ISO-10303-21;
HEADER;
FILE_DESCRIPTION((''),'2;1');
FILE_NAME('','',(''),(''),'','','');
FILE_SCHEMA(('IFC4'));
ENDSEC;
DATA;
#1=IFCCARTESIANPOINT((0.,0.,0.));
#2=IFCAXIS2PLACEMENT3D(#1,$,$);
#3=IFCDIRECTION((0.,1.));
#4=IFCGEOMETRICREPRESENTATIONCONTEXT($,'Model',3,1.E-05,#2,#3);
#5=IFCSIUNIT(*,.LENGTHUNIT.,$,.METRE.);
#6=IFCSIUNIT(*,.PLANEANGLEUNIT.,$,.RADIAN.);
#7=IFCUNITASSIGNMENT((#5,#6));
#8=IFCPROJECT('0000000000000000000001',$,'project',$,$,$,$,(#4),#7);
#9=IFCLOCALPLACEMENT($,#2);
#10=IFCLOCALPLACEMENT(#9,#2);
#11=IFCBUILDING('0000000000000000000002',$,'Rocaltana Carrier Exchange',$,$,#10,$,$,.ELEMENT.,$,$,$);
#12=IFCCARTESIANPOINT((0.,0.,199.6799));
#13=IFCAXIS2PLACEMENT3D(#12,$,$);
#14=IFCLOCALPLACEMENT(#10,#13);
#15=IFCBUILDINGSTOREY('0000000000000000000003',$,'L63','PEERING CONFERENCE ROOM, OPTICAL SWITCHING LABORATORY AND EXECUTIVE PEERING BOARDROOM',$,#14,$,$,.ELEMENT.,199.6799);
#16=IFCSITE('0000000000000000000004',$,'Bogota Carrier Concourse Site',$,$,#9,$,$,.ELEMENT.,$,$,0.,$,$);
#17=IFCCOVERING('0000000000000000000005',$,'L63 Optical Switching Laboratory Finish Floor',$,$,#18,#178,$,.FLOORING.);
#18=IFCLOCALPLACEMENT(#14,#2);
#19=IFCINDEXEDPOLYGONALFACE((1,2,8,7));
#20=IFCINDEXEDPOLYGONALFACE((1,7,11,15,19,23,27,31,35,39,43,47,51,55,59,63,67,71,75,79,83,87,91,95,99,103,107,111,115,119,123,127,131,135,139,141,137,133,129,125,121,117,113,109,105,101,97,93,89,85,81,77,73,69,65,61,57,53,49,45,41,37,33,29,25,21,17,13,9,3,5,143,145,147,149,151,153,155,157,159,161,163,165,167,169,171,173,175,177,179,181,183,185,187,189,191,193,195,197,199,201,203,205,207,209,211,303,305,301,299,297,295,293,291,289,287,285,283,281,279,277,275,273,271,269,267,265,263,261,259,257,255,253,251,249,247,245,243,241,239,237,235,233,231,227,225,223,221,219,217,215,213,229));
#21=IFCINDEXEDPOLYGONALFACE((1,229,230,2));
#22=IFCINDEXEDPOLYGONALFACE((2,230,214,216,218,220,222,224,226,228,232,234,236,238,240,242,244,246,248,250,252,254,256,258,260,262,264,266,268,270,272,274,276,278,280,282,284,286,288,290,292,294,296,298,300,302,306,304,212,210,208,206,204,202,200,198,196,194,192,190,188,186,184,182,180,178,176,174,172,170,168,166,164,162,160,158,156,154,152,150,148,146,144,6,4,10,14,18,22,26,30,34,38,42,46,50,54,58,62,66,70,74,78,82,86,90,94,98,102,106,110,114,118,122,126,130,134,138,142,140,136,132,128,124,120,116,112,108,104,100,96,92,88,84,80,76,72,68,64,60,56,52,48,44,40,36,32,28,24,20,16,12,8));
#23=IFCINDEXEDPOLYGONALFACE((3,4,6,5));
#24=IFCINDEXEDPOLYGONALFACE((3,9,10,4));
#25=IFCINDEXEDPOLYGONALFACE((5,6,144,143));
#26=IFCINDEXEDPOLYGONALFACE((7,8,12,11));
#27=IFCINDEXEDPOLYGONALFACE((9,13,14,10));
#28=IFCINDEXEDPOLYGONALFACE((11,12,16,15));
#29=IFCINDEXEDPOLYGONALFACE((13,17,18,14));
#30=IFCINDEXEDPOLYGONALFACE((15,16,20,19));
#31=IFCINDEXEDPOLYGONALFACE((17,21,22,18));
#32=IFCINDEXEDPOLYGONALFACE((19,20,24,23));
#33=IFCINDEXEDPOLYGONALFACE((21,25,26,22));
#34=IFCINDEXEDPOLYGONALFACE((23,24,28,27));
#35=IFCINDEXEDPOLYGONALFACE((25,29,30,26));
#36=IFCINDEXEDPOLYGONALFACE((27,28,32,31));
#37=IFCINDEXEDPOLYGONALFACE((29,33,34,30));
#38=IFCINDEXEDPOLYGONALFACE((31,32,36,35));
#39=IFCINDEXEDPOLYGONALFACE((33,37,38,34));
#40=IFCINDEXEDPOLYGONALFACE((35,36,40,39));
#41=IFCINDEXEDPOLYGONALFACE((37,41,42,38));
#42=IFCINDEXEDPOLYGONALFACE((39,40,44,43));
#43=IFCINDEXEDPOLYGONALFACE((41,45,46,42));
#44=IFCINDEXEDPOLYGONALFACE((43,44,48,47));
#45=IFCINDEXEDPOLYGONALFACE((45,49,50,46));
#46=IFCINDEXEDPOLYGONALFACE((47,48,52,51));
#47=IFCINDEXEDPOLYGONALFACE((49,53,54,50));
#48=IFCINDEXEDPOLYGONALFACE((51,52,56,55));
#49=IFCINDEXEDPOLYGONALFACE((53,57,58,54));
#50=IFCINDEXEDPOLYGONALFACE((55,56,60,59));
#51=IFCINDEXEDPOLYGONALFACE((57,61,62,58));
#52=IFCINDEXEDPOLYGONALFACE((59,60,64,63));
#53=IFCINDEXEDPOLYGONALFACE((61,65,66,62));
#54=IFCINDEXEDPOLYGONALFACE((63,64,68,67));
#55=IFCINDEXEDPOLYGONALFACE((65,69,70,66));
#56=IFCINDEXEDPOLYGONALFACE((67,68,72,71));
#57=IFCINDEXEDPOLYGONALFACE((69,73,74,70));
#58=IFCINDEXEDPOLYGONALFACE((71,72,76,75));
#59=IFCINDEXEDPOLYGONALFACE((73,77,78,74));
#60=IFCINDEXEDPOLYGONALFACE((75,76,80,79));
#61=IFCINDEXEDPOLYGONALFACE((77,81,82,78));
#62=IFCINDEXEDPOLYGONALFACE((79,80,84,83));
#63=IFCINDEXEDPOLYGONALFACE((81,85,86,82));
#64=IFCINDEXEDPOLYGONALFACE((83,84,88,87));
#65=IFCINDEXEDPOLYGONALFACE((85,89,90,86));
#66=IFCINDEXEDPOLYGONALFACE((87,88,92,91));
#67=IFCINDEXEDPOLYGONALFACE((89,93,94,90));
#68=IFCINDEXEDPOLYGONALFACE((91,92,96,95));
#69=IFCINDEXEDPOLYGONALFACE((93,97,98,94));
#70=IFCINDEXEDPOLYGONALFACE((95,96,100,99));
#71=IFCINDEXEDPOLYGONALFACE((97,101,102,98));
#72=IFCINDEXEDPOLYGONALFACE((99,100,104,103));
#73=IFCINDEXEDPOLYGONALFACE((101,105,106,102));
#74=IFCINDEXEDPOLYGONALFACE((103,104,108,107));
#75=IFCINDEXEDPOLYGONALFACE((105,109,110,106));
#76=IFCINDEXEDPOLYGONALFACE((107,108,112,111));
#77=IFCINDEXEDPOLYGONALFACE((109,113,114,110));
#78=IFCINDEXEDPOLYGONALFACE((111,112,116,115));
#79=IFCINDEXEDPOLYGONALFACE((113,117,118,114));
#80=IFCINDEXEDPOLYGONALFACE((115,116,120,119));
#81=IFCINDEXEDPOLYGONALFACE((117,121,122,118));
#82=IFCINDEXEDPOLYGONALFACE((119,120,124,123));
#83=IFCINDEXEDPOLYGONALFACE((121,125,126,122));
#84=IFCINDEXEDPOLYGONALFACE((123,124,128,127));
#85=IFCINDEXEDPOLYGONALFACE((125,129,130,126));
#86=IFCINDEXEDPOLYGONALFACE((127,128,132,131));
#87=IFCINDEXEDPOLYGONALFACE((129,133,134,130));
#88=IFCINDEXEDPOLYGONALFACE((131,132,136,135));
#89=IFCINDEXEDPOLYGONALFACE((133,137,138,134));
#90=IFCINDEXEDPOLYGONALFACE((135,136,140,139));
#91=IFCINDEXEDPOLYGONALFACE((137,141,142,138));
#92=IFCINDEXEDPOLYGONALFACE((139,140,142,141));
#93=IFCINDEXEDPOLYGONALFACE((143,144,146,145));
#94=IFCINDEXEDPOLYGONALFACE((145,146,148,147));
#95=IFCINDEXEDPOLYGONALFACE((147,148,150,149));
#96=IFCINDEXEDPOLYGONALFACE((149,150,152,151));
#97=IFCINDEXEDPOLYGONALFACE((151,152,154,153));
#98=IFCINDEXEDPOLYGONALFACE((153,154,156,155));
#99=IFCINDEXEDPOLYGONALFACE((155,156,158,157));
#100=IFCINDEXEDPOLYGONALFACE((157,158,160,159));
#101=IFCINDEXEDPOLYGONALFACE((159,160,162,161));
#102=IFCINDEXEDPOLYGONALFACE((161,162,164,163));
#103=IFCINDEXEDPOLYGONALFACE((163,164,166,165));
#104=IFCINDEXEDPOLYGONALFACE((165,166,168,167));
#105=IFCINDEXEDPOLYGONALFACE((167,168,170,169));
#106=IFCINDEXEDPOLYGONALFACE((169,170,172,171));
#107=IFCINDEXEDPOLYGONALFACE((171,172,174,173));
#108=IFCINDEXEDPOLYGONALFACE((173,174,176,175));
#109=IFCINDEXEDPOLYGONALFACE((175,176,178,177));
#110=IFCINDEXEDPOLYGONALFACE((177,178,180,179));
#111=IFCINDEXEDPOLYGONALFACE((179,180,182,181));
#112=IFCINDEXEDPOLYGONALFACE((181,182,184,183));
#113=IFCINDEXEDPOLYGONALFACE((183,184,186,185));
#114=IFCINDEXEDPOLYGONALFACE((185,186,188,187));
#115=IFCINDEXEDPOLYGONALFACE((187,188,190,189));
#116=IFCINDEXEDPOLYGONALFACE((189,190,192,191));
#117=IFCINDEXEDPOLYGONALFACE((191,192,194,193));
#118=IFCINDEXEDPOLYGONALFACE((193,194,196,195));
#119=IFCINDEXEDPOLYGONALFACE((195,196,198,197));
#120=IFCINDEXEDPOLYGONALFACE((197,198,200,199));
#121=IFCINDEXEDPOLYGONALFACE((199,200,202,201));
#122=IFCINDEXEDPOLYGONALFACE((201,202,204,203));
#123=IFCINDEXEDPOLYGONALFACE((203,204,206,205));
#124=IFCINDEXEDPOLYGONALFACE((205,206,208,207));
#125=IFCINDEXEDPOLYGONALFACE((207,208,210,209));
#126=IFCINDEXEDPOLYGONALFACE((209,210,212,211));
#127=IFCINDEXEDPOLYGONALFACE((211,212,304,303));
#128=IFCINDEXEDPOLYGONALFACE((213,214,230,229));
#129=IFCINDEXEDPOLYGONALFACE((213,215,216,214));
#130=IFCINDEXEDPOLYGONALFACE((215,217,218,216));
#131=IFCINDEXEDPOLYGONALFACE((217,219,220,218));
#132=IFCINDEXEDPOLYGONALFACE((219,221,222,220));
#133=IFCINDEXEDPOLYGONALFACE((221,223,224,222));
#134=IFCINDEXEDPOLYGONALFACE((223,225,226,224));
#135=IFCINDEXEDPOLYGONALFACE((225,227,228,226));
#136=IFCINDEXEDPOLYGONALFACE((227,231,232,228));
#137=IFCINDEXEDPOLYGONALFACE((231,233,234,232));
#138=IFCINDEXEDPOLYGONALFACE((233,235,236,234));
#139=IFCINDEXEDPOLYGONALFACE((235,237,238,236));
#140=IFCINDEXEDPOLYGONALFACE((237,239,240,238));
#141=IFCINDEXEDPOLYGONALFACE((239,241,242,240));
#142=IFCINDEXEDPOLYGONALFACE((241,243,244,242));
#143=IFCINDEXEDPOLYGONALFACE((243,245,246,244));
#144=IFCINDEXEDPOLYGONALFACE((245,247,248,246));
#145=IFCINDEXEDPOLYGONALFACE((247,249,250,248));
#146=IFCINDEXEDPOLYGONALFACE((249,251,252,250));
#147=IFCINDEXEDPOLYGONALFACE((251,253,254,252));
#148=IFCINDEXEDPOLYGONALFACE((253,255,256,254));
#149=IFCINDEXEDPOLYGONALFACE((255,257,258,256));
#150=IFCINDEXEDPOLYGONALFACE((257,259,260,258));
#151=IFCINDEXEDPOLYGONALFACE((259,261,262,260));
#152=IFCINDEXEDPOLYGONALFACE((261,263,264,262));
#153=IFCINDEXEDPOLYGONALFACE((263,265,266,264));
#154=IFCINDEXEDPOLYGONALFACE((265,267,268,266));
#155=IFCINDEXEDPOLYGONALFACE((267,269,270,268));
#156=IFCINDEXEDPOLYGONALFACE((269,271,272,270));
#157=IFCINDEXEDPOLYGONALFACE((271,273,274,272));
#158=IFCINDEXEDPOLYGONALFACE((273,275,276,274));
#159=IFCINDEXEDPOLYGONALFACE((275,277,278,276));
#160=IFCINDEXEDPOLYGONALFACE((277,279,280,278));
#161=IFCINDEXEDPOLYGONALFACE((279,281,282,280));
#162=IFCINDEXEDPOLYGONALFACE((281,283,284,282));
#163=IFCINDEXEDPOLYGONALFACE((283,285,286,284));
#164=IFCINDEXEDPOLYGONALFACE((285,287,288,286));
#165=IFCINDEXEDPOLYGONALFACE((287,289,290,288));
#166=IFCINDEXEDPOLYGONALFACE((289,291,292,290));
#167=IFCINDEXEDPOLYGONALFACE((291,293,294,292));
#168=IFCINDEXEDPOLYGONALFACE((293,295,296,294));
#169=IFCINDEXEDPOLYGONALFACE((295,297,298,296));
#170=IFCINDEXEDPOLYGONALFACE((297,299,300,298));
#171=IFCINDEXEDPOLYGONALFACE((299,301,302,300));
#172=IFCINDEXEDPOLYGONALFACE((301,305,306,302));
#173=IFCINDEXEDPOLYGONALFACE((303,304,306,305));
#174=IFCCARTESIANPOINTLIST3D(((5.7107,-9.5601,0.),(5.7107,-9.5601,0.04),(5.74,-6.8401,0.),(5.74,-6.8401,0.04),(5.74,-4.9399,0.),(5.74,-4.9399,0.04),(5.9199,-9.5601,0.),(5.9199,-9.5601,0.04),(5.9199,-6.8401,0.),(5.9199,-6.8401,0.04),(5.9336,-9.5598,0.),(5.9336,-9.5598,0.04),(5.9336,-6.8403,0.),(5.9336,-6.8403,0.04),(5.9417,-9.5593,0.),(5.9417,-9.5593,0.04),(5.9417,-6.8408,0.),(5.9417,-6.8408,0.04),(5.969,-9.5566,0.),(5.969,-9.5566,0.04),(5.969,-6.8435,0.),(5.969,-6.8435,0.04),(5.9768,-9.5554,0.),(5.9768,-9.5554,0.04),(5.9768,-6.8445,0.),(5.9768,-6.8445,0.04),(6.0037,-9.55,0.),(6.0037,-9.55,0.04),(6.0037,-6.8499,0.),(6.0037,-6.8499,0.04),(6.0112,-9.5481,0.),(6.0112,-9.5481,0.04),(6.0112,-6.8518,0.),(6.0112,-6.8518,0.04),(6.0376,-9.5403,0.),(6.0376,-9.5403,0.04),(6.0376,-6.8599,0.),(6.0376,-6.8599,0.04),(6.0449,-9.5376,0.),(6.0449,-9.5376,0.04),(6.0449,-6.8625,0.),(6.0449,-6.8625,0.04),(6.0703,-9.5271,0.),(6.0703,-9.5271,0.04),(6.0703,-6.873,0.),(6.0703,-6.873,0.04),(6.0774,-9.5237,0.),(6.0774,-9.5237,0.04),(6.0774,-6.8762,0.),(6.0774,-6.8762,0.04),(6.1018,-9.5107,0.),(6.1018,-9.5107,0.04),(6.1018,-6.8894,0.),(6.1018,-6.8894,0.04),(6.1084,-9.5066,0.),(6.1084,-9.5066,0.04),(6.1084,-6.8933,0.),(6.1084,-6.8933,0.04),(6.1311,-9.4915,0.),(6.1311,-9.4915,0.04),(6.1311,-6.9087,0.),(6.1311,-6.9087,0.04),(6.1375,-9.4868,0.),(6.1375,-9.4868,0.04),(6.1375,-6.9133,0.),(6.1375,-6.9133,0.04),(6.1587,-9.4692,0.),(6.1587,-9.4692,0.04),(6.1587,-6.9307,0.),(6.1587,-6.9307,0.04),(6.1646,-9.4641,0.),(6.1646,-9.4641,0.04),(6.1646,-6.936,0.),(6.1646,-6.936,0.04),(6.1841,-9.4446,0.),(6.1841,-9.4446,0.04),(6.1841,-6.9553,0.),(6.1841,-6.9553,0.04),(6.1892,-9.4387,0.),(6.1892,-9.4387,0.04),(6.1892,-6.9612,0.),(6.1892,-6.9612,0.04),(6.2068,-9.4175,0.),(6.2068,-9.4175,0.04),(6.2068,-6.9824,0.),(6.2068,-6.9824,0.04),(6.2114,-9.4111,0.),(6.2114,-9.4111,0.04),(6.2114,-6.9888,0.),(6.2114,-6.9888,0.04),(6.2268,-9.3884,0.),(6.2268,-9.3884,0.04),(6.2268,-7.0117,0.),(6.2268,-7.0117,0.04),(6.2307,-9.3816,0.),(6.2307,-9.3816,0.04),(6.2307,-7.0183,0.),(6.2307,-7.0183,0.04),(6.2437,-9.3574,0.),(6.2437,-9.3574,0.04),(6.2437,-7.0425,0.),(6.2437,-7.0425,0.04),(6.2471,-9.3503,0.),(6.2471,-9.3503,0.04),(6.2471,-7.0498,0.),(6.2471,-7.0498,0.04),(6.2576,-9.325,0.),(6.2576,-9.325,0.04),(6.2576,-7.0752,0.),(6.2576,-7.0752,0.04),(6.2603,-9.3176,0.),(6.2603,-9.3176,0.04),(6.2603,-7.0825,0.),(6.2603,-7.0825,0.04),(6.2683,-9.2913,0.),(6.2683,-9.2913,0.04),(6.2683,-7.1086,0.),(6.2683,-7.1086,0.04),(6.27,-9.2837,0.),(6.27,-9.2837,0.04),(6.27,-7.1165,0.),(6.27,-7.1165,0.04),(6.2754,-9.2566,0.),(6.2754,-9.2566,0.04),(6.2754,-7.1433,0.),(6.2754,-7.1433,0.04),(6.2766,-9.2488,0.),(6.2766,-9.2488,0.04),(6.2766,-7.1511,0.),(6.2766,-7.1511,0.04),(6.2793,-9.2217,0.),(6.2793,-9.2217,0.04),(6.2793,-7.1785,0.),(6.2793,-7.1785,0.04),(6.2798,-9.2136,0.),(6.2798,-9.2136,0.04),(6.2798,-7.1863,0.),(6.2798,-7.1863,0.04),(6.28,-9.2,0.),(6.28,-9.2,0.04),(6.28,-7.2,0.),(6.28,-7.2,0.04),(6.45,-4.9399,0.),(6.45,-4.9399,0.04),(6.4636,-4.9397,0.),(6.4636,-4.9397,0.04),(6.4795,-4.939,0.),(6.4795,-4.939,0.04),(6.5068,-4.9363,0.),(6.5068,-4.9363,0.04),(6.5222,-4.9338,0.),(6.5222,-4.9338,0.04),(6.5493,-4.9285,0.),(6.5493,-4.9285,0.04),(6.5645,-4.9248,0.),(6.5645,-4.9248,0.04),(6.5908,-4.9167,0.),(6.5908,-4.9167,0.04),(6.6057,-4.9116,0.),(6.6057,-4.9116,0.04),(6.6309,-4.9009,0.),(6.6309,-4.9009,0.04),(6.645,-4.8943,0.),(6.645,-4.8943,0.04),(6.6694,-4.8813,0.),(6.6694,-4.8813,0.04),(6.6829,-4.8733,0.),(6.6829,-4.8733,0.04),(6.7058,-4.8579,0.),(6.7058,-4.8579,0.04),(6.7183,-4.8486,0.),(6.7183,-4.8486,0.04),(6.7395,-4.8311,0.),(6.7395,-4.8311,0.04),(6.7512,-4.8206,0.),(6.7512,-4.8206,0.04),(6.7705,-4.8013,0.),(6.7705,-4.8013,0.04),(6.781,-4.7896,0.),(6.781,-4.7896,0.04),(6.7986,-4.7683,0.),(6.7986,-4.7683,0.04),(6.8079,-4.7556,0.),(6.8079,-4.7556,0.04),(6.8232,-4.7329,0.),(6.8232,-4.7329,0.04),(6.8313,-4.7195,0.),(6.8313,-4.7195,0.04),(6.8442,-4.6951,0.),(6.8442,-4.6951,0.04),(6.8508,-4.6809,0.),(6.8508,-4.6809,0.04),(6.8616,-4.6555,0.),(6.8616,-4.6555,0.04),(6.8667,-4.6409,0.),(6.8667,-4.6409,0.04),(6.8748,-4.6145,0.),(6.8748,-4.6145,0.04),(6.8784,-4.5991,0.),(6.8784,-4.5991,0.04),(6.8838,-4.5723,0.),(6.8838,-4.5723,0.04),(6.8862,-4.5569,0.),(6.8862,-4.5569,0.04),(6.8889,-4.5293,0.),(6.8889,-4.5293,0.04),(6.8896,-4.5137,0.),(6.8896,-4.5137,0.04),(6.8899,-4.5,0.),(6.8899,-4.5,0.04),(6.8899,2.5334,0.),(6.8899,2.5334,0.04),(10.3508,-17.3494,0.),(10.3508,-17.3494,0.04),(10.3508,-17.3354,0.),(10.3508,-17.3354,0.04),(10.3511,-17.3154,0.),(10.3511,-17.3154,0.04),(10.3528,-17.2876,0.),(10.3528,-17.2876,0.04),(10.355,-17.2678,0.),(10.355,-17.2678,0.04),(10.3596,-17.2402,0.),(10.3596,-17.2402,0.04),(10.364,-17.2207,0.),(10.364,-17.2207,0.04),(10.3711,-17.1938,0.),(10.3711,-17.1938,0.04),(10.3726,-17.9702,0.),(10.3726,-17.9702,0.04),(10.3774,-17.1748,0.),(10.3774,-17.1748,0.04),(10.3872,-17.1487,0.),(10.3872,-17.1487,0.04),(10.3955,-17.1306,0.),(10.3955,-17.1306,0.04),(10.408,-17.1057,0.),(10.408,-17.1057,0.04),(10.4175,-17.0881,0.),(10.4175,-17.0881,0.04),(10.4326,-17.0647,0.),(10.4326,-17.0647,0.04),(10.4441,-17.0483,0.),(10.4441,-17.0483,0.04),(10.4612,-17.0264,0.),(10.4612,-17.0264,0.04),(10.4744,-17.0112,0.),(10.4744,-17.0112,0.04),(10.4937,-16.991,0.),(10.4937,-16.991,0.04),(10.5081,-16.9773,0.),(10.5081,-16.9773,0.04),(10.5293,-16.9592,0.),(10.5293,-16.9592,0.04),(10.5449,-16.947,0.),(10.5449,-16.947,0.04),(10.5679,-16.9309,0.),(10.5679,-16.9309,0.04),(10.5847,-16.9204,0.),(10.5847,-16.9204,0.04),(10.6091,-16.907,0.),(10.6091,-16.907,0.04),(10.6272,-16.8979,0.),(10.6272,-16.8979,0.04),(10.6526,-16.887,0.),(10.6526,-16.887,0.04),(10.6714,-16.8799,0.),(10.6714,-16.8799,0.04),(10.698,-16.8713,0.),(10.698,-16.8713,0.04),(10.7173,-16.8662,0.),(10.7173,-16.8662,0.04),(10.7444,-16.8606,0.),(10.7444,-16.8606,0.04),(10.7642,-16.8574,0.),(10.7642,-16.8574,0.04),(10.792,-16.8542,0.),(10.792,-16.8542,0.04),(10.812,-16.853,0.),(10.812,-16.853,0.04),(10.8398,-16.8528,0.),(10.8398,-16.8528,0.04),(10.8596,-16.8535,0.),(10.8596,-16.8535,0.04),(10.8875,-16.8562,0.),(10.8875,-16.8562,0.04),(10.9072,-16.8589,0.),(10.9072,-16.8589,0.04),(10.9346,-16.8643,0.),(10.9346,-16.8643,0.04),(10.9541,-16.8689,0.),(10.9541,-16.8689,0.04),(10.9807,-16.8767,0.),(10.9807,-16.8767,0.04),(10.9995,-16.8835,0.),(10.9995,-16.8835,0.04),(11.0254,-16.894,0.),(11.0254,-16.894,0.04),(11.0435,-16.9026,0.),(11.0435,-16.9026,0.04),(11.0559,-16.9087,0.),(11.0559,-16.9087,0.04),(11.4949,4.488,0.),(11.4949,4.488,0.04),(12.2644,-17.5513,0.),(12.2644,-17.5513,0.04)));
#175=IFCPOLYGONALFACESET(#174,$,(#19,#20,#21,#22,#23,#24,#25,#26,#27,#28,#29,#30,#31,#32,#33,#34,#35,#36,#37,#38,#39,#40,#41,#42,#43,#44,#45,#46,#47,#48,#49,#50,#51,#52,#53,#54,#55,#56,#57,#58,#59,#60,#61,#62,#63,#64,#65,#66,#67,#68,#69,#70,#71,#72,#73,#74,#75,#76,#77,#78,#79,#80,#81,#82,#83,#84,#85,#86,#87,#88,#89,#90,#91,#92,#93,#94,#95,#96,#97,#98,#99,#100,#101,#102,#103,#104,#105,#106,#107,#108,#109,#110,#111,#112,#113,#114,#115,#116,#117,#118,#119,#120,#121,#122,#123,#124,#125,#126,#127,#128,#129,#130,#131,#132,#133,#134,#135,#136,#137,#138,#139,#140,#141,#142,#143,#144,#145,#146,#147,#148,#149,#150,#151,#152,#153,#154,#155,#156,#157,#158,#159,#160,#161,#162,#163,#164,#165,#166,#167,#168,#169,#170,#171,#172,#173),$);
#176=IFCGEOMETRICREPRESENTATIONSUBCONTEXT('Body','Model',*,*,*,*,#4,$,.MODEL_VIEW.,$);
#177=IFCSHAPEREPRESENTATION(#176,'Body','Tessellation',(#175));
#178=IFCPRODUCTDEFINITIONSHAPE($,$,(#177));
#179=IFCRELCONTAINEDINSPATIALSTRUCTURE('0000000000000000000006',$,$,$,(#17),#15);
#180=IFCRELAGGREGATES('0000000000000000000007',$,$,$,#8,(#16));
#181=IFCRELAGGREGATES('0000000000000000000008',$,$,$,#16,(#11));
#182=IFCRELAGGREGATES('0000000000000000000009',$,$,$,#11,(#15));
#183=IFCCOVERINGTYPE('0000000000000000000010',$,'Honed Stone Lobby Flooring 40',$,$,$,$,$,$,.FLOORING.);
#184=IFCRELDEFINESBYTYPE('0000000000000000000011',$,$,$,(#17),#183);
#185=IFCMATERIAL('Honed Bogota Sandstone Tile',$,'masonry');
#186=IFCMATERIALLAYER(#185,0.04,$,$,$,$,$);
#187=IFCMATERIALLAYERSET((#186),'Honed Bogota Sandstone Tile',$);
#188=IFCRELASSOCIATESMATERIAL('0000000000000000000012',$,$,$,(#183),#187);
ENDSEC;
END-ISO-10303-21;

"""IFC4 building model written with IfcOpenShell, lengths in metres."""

from ifc_helpers import new_model, si_unit, direction, frame, origin, place, context, subcontext, project, spatial, polyline, outline, extrude, material, layer, layer_set, type_object, element, save


model = new_model("IFC4")

# Units and contexts
model_context = context("Model", 3, precision=1e-05, world=origin(), true_north=direction((0.0, 1.0)))
body_context = subcontext(model_context, "Body", "Model", "MODEL_VIEW")
ifc_project = project(units=[si_unit("LENGTHUNIT", "METRE"), si_unit("PLANEANGLEUNIT", "RADIAN")], contexts=[model_context])

# Site, building, storey
site_placement = place(None, origin())
site = spatial("IfcSite", under=ifc_project, at=site_placement, Name="Bogota Carrier Concourse Site", CompositionType="ELEMENT", RefElevation=0.0)
building_placement = place(site_placement, origin())
building = spatial("IfcBuilding", under=site, at=building_placement, Name="Rocaltana Carrier Exchange", CompositionType="ELEMENT")
storey_placement = place(building_placement, frame((0.0, 0.0, 199.6799)))
storey = spatial("IfcBuildingStorey", under=building, at=storey_placement, Name="L63", Description="PEERING CONFERENCE ROOM, OPTICAL SWITCHING LABORATORY AND EXECUTIVE PEERING BOARDROOM", CompositionType="ELEMENT", Elevation=199.6799)

# Covering
ifc_material_1 = material(Name="Honed Bogota Sandstone Tile", Category="masonry")
ifc_layer_1 = layer(ifc_material_1, 0.04)
ifc_layer_set_1 = layer_set([ifc_layer_1], Name="Honed Bogota Sandstone Tile")
covering_type_1 = type_object("IfcCoveringType", Name="Honed Stone Lobby Flooring 40", PredefinedType="FLOORING", material=ifc_layer_set_1)
covering_1_placement = place(storey_placement, origin())
element("IfcCovering", 1, at=covering_1_placement, inside=storey, type_object=covering_type_1, Name="L63 Optical Switching Laboratory Finish Floor", PredefinedType="FLOORING", context=body_context, shape_type="SweptSolid", body=[
    extrude(outline(polyline([(5.74, -6.8401), (5.74, -4.9399), (6.45, -4.9399), (6.4636, -4.9397), (6.4795, -4.939), (6.5068, -4.9363), (6.5222, -4.9338), (6.5493, -4.9285), (6.5645, -4.9248), (6.5908, -4.9167), (6.6057, -4.9116), (6.6309, -4.9009), (6.645, -4.8943), (6.6694, -4.8813), (6.6829, -4.8733), (6.7058, -4.8579), (6.7183, -4.8486), (6.7395, -4.8311), (6.7512, -4.8206), (6.7705, -4.8013), (6.781, -4.7896), (6.7986, -4.7683), (6.8079, -4.7556), (6.8232, -4.7329), (6.8313, -4.7195), (6.8442, -4.6951), (6.8508, -4.6809), (6.8616, -4.6555), (6.8667, -4.6409), (6.8748, -4.6145), (6.8784, -4.5991), (6.8838, -4.5723), (6.8862, -4.5569), (6.8889, -4.5293), (6.8896, -4.5137), (6.8899, -4.5), (6.8899, 2.5334), (11.4949, 4.488), (12.2644, -17.5513), (11.0559, -16.9087), (11.0435, -16.9026), (11.0254, -16.894), (10.9995, -16.8835), (10.9807, -16.8767), (10.9541, -16.8689), (10.9346, -16.8643), (10.9072, -16.8589), (10.8875, -16.8562), (10.8596, -16.8535), (10.8398, -16.8528), (10.812, -16.853), (10.792, -16.8542), (10.7642, -16.8574), (10.7444, -16.8606), (10.7173, -16.8662), (10.698, -16.8713), (10.6714, -16.8799), (10.6526, -16.887), (10.6272, -16.8979), (10.6091, -16.907), (10.5847, -16.9204), (10.5679, -16.9309), (10.5449, -16.947), (10.5293, -16.9592), (10.5081, -16.9773), (10.4937, -16.991), (10.4744, -17.0112), (10.4612, -17.0264), (10.4441, -17.0483), (10.4326, -17.0647), (10.4175, -17.0881), (10.408, -17.1057), (10.3955, -17.1306), (10.3872, -17.1487), (10.3774, -17.1748), (10.3711, -17.1938), (10.364, -17.2207), (10.3596, -17.2402), (10.355, -17.2678), (10.3528, -17.2876), (10.3511, -17.3154), (10.3508, -17.3354), (10.3508, -17.3494), (10.3726, -17.9702), (5.7107, -9.5601), (5.9199, -9.5601), (5.9336, -9.5598), (5.9417, -9.5593), (5.969, -9.5566), (5.9768, -9.5554), (6.0037, -9.55), (6.0112, -9.5481), (6.0376, -9.5403), (6.0449, -9.5376), (6.0703, -9.5271), (6.0774, -9.5237), (6.1018, -9.5107), (6.1084, -9.5066), (6.1311, -9.4915), (6.1375, -9.4868), (6.1587, -9.4692), (6.1646, -9.4641), (6.1841, -9.4446), (6.1892, -9.4387), (6.2068, -9.4175), (6.2114, -9.4111), (6.2268, -9.3884), (6.2307, -9.3816), (6.2437, -9.3574), (6.2471, -9.3503), (6.2576, -9.325), (6.2603, -9.3176), (6.2683, -9.2913), (6.27, -9.2837), (6.2754, -9.2566), (6.2766, -9.2488), (6.2793, -9.2217), (6.2798, -9.2136), (6.28, -9.2), (6.28, -7.2), (6.2798, -7.1863), (6.2793, -7.1785), (6.2766, -7.1511), (6.2754, -7.1433), (6.27, -7.1165), (6.2683, -7.1086), (6.2603, -7.0825), (6.2576, -7.0752), (6.2471, -7.0498), (6.2437, -7.0425), (6.2307, -7.0183), (6.2268, -7.0117), (6.2114, -6.9888), (6.2068, -6.9824), (6.1892, -6.9612), (6.1841, -6.9553), (6.1646, -6.936), (6.1587, -6.9307), (6.1375, -6.9133), (6.1311, -6.9087), (6.1084, -6.8933), (6.1018, -6.8894), (6.0774, -6.8762), (6.0703, -6.873), (6.0449, -6.8625), (6.0376, -6.8599), (6.0112, -6.8518), (6.0037, -6.8499), (5.9768, -6.8445), (5.969, -6.8435), (5.9417, -6.8408), (5.9336, -6.8403), (5.9199, -6.8401), (5.74, -6.8401)])), origin(), (0.0, 0.0, 1.0), 0.04),
])

save(model, "model.ifc")
